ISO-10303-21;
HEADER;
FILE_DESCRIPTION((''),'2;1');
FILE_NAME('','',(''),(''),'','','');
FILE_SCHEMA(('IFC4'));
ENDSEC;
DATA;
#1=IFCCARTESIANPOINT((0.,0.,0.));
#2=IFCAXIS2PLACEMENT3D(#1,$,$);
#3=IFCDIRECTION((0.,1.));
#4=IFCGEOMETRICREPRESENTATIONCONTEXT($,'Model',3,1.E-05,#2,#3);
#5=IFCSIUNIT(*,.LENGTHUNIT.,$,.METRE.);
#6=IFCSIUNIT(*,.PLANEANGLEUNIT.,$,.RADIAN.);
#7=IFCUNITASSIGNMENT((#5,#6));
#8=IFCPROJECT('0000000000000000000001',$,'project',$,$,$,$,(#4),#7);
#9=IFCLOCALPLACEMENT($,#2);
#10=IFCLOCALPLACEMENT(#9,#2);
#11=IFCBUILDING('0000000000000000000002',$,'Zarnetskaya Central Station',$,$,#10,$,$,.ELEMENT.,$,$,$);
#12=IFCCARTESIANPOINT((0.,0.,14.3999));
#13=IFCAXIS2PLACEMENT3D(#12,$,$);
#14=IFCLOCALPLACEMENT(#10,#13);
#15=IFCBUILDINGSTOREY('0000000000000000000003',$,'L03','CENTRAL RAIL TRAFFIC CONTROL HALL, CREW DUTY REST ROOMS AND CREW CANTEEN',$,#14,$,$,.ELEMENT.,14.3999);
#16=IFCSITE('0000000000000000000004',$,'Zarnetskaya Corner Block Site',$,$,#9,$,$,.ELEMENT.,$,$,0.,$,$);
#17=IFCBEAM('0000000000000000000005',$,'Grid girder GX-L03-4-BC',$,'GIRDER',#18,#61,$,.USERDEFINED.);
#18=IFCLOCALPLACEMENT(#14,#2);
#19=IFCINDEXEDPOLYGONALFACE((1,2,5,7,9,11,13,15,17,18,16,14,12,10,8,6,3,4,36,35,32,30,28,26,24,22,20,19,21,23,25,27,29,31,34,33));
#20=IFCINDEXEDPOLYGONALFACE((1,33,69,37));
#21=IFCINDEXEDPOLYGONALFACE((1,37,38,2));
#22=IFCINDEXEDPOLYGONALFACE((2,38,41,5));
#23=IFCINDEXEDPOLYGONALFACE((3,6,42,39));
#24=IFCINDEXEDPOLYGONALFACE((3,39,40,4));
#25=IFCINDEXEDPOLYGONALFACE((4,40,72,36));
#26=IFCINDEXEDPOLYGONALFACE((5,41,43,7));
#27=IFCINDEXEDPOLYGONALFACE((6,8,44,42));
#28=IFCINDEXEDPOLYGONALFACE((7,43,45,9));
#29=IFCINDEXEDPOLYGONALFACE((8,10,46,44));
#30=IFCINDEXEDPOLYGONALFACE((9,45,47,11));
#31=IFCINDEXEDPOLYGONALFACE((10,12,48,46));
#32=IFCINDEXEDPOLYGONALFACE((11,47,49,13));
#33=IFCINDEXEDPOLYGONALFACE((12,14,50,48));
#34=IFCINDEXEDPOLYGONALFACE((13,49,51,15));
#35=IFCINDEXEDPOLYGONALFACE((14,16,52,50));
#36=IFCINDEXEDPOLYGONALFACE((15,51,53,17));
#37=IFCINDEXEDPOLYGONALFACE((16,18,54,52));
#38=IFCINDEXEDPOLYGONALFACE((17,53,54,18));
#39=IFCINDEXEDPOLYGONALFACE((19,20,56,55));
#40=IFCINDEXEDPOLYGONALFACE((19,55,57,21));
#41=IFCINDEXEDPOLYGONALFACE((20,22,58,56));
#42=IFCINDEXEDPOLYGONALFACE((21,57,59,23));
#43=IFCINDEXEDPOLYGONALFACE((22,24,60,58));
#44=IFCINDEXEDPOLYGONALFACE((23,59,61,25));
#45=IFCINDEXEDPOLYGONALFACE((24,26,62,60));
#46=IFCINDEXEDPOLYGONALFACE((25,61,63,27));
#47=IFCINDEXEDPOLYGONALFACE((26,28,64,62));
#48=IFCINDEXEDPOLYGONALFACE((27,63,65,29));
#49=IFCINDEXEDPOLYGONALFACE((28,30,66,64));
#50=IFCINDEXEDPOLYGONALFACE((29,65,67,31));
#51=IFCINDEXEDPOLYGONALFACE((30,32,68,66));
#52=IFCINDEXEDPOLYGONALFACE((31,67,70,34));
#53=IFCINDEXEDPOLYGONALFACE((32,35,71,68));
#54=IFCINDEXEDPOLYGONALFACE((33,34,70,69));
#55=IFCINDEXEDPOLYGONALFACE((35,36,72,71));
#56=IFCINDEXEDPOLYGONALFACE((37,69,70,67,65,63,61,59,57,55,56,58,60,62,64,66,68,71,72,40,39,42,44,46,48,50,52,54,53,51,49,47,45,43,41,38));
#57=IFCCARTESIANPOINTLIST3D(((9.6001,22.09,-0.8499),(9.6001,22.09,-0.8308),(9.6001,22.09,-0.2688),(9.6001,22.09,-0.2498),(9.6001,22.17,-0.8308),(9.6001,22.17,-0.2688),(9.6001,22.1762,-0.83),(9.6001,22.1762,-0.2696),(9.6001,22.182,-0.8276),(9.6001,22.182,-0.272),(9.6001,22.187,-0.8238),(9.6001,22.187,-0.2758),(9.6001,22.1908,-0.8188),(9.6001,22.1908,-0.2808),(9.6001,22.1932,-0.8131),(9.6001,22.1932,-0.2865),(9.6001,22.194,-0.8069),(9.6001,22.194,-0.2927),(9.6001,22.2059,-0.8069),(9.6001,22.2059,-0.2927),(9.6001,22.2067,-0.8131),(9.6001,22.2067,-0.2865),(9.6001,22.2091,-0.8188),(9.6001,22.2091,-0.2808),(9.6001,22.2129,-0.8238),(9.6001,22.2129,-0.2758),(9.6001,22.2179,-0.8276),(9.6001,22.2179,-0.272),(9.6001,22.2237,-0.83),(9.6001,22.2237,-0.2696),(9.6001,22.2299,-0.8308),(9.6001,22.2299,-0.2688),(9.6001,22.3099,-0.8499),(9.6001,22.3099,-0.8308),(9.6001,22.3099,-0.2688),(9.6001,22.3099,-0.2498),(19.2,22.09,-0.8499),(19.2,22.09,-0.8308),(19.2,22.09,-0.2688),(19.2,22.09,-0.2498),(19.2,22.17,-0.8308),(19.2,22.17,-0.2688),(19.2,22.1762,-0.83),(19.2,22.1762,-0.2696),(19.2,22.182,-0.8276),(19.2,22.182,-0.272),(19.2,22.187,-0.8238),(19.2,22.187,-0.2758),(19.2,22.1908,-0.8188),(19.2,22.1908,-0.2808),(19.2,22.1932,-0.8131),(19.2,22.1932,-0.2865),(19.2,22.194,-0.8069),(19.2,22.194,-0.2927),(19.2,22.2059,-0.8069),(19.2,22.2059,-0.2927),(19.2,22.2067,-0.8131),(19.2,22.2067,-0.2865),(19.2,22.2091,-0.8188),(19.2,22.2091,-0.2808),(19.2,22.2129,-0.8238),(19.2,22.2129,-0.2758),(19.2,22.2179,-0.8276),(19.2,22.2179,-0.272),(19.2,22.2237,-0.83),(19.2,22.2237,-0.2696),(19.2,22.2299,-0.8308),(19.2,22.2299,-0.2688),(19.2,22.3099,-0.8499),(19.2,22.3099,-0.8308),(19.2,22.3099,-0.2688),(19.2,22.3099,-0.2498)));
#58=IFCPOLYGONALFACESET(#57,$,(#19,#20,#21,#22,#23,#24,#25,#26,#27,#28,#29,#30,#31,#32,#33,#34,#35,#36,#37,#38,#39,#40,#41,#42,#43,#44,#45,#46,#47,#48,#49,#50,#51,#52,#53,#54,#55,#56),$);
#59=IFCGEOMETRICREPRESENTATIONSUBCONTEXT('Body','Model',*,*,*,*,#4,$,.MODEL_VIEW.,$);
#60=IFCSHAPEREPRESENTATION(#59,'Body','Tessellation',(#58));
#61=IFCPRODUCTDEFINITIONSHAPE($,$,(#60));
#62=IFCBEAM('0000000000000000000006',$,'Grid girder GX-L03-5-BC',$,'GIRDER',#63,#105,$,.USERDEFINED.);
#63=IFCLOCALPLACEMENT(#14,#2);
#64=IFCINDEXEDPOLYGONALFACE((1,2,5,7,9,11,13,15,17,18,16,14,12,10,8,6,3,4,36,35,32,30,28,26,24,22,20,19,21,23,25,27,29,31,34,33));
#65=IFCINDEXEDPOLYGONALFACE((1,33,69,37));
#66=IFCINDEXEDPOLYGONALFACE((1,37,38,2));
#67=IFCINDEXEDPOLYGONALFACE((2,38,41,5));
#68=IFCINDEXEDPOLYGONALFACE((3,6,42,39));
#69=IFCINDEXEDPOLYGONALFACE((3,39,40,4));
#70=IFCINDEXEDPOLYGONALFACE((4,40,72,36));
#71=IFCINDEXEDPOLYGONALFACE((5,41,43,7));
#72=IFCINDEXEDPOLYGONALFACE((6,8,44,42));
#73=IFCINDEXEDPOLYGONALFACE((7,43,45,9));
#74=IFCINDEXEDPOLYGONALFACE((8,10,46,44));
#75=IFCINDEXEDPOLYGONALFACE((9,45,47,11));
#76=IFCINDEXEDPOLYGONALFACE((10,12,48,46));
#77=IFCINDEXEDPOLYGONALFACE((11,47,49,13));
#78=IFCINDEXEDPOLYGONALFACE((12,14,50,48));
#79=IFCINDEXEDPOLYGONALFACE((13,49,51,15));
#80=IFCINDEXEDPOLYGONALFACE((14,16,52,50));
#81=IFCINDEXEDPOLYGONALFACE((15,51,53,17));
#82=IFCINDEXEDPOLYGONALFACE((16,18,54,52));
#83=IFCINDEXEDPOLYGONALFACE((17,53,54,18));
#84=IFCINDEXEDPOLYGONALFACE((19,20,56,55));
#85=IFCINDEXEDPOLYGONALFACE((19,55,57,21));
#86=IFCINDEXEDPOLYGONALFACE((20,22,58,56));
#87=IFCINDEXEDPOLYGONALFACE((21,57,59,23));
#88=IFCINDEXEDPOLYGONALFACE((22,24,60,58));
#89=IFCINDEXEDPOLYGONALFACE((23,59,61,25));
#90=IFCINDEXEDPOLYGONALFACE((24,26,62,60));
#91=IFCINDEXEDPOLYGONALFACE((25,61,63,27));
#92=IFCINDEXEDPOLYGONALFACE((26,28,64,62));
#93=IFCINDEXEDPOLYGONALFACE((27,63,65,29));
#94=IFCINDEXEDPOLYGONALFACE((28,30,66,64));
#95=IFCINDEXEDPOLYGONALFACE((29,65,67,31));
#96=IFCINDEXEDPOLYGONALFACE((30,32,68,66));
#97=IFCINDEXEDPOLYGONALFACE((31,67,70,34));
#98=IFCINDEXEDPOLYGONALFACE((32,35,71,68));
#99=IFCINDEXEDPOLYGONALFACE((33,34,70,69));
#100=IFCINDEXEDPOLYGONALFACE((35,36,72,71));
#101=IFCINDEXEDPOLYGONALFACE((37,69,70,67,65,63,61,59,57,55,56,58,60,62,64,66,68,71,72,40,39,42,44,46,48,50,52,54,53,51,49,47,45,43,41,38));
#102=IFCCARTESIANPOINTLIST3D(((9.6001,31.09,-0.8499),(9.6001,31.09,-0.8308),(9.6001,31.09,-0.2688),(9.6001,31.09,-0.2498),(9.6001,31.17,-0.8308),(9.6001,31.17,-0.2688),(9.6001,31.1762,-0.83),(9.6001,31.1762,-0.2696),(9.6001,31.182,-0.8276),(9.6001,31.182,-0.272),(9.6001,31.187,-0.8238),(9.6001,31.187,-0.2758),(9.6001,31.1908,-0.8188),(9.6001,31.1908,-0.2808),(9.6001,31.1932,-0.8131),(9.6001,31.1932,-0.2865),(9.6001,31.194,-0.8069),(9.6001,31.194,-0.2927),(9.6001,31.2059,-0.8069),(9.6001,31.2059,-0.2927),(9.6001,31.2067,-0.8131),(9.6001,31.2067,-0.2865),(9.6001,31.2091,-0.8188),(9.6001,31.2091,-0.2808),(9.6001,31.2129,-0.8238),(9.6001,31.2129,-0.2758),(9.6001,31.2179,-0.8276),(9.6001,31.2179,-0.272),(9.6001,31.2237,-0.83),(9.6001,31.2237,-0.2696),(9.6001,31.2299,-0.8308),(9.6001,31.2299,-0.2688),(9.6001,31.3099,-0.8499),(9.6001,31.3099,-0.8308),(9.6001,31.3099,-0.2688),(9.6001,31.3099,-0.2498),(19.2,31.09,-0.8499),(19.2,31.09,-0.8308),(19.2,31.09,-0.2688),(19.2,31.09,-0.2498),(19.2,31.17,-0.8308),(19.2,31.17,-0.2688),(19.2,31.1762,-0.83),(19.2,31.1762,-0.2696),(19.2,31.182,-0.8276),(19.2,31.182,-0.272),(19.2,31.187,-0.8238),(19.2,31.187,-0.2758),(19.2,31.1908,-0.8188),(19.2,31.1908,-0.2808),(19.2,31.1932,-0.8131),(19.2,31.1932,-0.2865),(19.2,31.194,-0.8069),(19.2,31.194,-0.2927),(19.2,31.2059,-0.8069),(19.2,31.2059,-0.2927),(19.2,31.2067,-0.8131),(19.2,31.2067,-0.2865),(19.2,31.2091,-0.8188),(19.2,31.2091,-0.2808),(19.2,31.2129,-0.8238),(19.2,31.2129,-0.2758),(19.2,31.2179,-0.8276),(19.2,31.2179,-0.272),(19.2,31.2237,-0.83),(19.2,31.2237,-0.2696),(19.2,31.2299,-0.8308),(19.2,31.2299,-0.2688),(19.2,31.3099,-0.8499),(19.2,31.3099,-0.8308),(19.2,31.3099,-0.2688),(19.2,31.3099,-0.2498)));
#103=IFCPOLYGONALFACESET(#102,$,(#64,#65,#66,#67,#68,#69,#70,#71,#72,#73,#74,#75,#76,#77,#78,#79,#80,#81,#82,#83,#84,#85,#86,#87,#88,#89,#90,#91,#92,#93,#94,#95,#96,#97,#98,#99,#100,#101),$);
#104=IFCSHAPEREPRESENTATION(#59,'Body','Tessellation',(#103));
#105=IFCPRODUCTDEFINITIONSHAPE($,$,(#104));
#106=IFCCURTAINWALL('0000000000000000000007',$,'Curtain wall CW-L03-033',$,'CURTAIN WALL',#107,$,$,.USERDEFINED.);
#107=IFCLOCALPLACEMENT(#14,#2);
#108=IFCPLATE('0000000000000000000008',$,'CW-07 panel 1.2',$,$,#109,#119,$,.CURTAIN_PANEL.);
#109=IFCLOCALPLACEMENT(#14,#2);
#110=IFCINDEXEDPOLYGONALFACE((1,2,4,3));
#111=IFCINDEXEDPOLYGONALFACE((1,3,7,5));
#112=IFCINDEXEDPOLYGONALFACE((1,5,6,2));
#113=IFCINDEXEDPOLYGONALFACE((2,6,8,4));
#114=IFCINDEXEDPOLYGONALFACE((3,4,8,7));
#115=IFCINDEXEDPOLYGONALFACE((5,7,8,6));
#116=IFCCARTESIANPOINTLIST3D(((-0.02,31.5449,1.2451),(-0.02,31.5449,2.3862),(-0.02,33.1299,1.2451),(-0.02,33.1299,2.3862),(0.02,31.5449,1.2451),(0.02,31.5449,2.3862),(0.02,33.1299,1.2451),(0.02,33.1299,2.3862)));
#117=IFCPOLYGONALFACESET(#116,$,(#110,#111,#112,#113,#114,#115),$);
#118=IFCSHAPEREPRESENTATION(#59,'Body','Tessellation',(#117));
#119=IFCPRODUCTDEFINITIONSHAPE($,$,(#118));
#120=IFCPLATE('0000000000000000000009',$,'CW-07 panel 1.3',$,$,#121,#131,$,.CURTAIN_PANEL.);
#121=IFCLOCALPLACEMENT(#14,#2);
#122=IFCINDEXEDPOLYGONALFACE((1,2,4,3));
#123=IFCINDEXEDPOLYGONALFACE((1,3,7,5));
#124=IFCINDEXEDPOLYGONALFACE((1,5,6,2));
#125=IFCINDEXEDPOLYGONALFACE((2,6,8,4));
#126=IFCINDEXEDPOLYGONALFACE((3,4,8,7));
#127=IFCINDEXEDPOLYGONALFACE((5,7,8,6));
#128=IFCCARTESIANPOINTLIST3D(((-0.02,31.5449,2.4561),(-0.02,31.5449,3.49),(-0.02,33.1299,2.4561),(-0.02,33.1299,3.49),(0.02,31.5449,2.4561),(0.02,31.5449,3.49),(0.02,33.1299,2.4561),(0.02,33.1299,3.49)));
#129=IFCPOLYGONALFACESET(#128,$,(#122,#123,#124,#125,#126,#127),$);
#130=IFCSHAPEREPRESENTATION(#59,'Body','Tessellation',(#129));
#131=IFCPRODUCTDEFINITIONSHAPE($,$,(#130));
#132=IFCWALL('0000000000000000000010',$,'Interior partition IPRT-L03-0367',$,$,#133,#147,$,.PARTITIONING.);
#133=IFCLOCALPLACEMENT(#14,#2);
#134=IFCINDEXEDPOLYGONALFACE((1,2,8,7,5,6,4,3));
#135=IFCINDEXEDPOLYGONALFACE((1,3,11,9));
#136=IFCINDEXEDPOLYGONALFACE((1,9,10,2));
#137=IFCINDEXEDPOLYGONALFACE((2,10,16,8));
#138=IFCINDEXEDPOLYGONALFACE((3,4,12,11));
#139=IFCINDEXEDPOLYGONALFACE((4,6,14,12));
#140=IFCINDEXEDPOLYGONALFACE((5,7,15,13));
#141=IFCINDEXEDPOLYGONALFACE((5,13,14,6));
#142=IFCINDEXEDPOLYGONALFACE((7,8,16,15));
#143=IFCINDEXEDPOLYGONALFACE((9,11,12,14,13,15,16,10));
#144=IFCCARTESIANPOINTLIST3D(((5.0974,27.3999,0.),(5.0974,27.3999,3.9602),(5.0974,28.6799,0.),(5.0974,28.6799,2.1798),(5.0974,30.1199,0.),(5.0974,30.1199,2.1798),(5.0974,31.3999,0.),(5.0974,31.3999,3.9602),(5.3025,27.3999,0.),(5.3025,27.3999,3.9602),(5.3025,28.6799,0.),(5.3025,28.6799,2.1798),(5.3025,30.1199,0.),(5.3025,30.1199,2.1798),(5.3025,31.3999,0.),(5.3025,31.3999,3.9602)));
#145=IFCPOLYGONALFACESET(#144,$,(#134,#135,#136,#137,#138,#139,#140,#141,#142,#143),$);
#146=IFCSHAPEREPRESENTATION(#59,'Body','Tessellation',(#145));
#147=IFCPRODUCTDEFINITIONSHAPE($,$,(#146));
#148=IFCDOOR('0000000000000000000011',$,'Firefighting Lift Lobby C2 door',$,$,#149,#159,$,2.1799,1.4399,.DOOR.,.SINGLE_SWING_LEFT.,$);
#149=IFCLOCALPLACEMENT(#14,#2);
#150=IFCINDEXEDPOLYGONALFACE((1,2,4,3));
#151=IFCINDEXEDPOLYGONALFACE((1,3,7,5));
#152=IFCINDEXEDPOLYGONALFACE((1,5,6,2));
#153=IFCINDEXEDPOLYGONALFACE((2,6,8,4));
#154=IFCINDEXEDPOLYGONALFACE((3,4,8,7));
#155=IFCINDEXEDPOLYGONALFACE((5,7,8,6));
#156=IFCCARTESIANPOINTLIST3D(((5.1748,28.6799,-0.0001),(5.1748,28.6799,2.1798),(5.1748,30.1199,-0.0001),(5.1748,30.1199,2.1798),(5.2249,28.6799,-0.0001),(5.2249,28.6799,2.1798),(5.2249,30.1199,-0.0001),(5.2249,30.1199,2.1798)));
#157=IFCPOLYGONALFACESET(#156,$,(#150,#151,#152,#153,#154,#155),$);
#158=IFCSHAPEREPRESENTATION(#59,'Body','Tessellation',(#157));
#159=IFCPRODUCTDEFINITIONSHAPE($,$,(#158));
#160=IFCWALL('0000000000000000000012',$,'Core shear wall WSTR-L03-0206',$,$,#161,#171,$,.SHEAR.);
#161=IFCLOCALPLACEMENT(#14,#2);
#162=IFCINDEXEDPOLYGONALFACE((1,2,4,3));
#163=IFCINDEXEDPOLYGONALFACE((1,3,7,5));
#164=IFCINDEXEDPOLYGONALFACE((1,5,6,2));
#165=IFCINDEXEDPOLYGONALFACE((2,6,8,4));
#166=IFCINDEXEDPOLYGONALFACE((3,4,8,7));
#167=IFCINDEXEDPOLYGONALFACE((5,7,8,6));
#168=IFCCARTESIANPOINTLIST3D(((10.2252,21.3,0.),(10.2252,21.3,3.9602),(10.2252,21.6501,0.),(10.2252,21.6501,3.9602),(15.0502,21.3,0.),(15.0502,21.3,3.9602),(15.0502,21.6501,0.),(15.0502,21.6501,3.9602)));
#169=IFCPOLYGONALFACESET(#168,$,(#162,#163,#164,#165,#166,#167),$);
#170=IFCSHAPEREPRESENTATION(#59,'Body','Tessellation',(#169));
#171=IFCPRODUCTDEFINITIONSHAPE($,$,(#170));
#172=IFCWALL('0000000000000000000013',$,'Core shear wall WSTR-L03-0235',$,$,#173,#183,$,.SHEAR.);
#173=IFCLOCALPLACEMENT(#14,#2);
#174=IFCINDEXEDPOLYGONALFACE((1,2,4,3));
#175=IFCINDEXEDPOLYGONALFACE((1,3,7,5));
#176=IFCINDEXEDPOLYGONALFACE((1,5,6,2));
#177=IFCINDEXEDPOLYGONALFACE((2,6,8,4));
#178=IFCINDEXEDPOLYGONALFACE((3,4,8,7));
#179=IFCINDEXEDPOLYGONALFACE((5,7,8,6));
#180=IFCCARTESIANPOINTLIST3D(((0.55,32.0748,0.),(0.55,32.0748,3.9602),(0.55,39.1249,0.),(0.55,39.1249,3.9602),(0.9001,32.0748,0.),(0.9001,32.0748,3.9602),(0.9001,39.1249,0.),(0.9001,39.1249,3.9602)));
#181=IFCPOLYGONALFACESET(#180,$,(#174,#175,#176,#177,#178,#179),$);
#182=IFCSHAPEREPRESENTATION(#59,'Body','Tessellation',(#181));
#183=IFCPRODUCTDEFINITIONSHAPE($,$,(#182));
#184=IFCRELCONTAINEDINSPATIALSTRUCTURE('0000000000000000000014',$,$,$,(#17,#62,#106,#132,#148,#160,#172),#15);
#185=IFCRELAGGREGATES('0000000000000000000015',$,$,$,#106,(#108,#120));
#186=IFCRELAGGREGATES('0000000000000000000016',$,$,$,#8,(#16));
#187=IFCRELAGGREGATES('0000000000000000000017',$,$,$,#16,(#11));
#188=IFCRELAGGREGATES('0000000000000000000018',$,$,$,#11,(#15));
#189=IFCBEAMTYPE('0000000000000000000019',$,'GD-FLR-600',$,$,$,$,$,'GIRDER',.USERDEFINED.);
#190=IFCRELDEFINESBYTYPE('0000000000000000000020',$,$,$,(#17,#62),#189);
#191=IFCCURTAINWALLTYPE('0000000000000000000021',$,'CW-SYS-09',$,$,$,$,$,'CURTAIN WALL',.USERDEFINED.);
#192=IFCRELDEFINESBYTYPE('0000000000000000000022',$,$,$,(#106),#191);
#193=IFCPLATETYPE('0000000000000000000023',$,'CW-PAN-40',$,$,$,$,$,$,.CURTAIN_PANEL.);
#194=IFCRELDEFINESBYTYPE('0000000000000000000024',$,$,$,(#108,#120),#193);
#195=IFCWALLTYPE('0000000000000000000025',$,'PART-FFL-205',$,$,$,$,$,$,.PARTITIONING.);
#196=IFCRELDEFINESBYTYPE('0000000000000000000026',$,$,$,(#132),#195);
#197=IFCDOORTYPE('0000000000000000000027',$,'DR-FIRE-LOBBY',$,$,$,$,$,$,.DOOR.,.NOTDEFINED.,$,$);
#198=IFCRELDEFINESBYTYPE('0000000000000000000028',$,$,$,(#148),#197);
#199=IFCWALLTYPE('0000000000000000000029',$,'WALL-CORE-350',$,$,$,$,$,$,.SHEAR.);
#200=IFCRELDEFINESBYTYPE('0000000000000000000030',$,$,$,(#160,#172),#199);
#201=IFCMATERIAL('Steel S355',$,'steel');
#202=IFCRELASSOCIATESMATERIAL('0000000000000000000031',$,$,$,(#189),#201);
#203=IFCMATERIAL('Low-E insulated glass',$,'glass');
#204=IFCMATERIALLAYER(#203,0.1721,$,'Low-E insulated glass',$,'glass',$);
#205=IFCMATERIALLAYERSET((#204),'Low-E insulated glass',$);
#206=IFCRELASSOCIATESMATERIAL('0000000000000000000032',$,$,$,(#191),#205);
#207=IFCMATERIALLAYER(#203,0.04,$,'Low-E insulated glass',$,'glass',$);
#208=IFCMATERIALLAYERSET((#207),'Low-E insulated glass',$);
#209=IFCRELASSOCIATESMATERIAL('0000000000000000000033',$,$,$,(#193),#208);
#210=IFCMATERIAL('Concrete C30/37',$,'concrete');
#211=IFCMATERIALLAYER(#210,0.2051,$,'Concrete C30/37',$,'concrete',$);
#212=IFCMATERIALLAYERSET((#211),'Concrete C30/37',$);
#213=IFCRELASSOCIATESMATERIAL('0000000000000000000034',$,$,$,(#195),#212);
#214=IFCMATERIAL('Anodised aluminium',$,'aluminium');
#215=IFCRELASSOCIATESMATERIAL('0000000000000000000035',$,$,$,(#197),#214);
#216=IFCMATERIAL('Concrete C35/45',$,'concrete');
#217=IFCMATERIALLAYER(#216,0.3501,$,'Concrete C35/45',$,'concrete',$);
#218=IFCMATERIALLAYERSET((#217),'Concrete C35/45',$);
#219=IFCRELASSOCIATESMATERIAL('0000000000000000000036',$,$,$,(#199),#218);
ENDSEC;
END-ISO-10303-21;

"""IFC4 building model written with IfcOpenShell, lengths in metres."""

from ifc_helpers import new_model, si_unit, direction, frame, frame_2d, origin, origin_2d, place, context, subcontext, project, spatial, rectangle, i_section, extrude, material, layer, layer_set, material_profile, profile_set, type_object, element, fill, aggregate, save


model = new_model("IFC4")

# Units and contexts
model_context = context("Model", 3, precision=1e-05, world=origin(), true_north=direction((0.0, 1.0)))
body_context = subcontext(model_context, "Body", "Model", "MODEL_VIEW")
ifc_project = project(units=[si_unit("LENGTHUNIT", "METRE"), si_unit("PLANEANGLEUNIT", "RADIAN")], contexts=[model_context])

# Site, building, storey
site_placement = place(None, origin())
site = spatial("IfcSite", under=ifc_project, at=site_placement, Name="Zarnetskaya Corner Block Site", CompositionType="ELEMENT", RefElevation=0.0)
building_placement = place(site_placement, origin())
building = spatial("IfcBuilding", under=site, at=building_placement, Name="Zarnetskaya Central Station", CompositionType="ELEMENT")
storey_placement = place(building_placement, frame((0.0, 0.0, 14.3999)))
storey = spatial("IfcBuildingStorey", under=building, at=storey_placement, Name="L03", Description="CENTRAL RAIL TRAFFIC CONTROL HALL, CREW DUTY REST ROOMS AND CREW CANTEEN", CompositionType="ELEMENT", Elevation=14.3999)

# Shared definitions
ifc_material_1 = material(Name="Steel S355", Category="steel")

# Beams
ifc_material_profile_1 = material_profile(ifc_material_1, i_section(OverallWidth=0.22, OverallDepth=0.6001, WebThickness=0.012, FlangeThickness=0.019, FilletRadius=0.0239, at=origin_2d()), Name="IPE 600")
ifc_profile_set_1 = profile_set([ifc_material_profile_1], Name="Steel S355")
beam_type_1 = type_object("IfcBeamType", Name="GD-FLR-600", ElementType="GIRDER", PredefinedType="USERDEFINED", material=ifc_profile_set_1)
for number, where, z_axis, x_axis, name in (
    (1, (9.6001, 22.2, -0.5498), (1.0, 0.0, 0.0), (0.0, 1.0, 0.0), "Grid girder GX-L03-4-BC"),
    (2, (9.6001, 31.2, -0.5498), (1.0, 0.0, 0.0), (0.0, 1.0, 0.0), "Grid girder GX-L03-5-BC"),
):
    element("IfcBeam", number, at=place(storey_placement, frame(where, z_axis=z_axis, x_axis=x_axis)), inside=storey, type_object=beam_type_1, Name=name, ObjectType="GIRDER", PredefinedType="USERDEFINED", context=body_context, shape_type="SweptSolid", body=[
        extrude(i_section(OverallWidth=0.22, OverallDepth=0.6001, WebThickness=0.012, FlangeThickness=0.019, FilletRadius=0.0239, at=origin_2d()), origin(), (0.0, 0.0, 1.0), 9.5999),
    ])

# Curtain wall, plates
ifc_material_2 = material(Name="Low-E insulated glass", Category="glass")
ifc_layer_1 = layer(ifc_material_2, 0.1721, Name="Low-E insulated glass", Category="glass")
ifc_layer_set_1 = layer_set([ifc_layer_1], Name="Low-E insulated glass")
curtain_wall_type = type_object("IfcCurtainWallType", Name="CW-SYS-09", ElementType="CURTAIN WALL", PredefinedType="USERDEFINED", material=ifc_layer_set_1)
curtain_wall_placement = place(storey_placement, origin())
curtain_wall = element("IfcCurtainWall", 3, at=curtain_wall_placement, inside=storey, type_object=curtain_wall_type, Name="Curtain wall CW-L03-033", ObjectType="CURTAIN WALL", PredefinedType="USERDEFINED")
ifc_layer_2 = layer(ifc_material_2, 0.04, Name="Low-E insulated glass", Category="glass")
ifc_layer_set_2 = layer_set([ifc_layer_2], Name="Low-E insulated glass")
plate_type = type_object("IfcPlateType", Name="CW-PAN-40", PredefinedType="CURTAIN_PANEL", material=ifc_layer_set_2)
plate_1_placement = place(storey_placement, frame((0.0, 32.3374, 1.2451), z_axis=(0.0, 0.0, 1.0), x_axis=(0.0, 1.0, 0.0)))
plate_1 = element("IfcPlate", 4, at=plate_1_placement, type_object=plate_type, Name="CW-07 panel 1.2", PredefinedType="CURTAIN_PANEL", context=body_context, shape_type="SweptSolid", body=[
    extrude(rectangle(XDim=1.585, YDim=0.04, at=origin_2d()), origin(), (0.0, 0.0, 1.0), 1.1411),
])
plate_2_placement = place(storey_placement, frame((0.0, 32.3374, 2.4561), z_axis=(0.0, 0.0, 1.0), x_axis=(0.0, 1.0, 0.0)))
plate_2 = element("IfcPlate", 5, at=plate_2_placement, type_object=plate_type, Name="CW-07 panel 1.3", PredefinedType="CURTAIN_PANEL", context=body_context, shape_type="SweptSolid", body=[
    extrude(rectangle(XDim=1.585, YDim=0.04, at=origin_2d()), origin(), (0.0, 0.0, 1.0), 1.0339),
])
aggregate(curtain_wall, [plate_1, plate_2])

# Wall, opening, door
ifc_material_3 = material(Name="Concrete C30/37", Category="concrete")
ifc_layer_3 = layer(ifc_material_3, 0.2051, Name="Concrete C30/37", Category="concrete")
ifc_layer_set_3 = layer_set([ifc_layer_3], Name="Concrete C30/37")
wall_type_1 = type_object("IfcWallType", Name="PART-FFL-205", PredefinedType="PARTITIONING", material=ifc_layer_set_3)
wall_1_placement = place(storey_placement, frame((5.2, 31.3999, 0.0), z_axis=(0.0, 0.0, 1.0), x_axis=(0.0, -1.0, 0.0)))
wall_1 = element("IfcWall", 6, at=wall_1_placement, inside=storey, type_object=wall_type_1, Name="Interior partition IPRT-L03-0367", PredefinedType="PARTITIONING", context=body_context, shape_type="SweptSolid", body=[
    extrude(rectangle(XDim=4.0, YDim=0.2051, at=frame_2d((2.0, 0.0))), origin(), (0.0, 0.0, 1.0), 3.9602),
])
opening_1_placement = place(wall_1_placement, frame((1.28, 0.0, 0.0)))
opening_1 = element("IfcOpeningElement", 7, at=opening_1_placement, cuts=wall_1, PredefinedType="OPENING", context=body_context, shape_type="SweptSolid", body=[
    extrude(rectangle(XDim=1.4399, YDim=2.1799, at=frame_2d((0.72, 1.0898))), frame((0.0, 0.1125, 0.0), z_axis=(0.0, -1.0, 0.0), x_axis=(1.0, 0.0, 0.0)), (0.0, 0.0, 1.0), 0.2251),
])
ifc_material_4 = material(Name="Anodised aluminium", Category="aluminium")
door_type_1 = type_object("IfcDoorType", Name="DR-FIRE-LOBBY", OperationType="NOTDEFINED", PredefinedType="DOOR", material=ifc_material_4)
door_1_placement = place(opening_1_placement, origin())
door_1 = element("IfcDoor", 8, at=door_1_placement, inside=storey, type_object=door_type_1, Name="Firefighting Lift Lobby C2 door", OperationType="SINGLE_SWING_LEFT", OverallHeight=2.1799, OverallWidth=1.4399, PredefinedType="DOOR", context=body_context, shape_type="SweptSolid", body=[
    extrude(rectangle(XDim=1.4399, YDim=2.1799, at=frame_2d((0.72, 1.0898))), frame((0.0, 0.0249, 0.0), z_axis=(0.0, -1.0, 0.0), x_axis=(1.0, 0.0, 0.0)), (0.0, 0.0, 1.0), 0.05),
])
fill(opening_1, door_1)

# Wall
ifc_material_5 = material(Name="Concrete C35/45", Category="concrete")
ifc_layer_4 = layer(ifc_material_5, 0.3501, Name="Concrete C35/45", Category="concrete")
ifc_layer_set_4 = layer_set([ifc_layer_4], Name="Concrete C35/45")
wall_type_2 = type_object("IfcWallType", Name="WALL-CORE-350", PredefinedType="SHEAR", material=ifc_layer_set_4)
wall_2_placement = place(storey_placement, frame((10.2251, 21.4751, 0.0), z_axis=(0.0, 0.0, 1.0), x_axis=(1.0, 0.0, 0.0)))
element("IfcWall", 9, at=wall_2_placement, inside=storey, type_object=wall_type_2, Name="Core shear wall WSTR-L03-0206", PredefinedType="SHEAR", context=body_context, shape_type="SweptSolid", body=[
    extrude(rectangle(XDim=4.825, YDim=0.3501, at=frame_2d((2.4126, 0.0))), origin(), (0.0, 0.0, 1.0), 3.9602),
])

# Wall
wall_3_placement = place(storey_placement, frame((0.7251, 32.075, 0.0), z_axis=(0.0, 0.0, 1.0), x_axis=(0.0, 1.0, 0.0)))
element("IfcWall", 10, at=wall_3_placement, inside=storey, type_object=wall_type_2, Name="Core shear wall WSTR-L03-0235", PredefinedType="SHEAR", context=body_context, shape_type="SweptSolid", body=[
    extrude(rectangle(XDim=7.05, YDim=0.3501, at=frame_2d((3.5249, 0.0))), origin(), (0.0, 0.0, 1.0), 3.9602),
])

save(model, "model.ifc")
